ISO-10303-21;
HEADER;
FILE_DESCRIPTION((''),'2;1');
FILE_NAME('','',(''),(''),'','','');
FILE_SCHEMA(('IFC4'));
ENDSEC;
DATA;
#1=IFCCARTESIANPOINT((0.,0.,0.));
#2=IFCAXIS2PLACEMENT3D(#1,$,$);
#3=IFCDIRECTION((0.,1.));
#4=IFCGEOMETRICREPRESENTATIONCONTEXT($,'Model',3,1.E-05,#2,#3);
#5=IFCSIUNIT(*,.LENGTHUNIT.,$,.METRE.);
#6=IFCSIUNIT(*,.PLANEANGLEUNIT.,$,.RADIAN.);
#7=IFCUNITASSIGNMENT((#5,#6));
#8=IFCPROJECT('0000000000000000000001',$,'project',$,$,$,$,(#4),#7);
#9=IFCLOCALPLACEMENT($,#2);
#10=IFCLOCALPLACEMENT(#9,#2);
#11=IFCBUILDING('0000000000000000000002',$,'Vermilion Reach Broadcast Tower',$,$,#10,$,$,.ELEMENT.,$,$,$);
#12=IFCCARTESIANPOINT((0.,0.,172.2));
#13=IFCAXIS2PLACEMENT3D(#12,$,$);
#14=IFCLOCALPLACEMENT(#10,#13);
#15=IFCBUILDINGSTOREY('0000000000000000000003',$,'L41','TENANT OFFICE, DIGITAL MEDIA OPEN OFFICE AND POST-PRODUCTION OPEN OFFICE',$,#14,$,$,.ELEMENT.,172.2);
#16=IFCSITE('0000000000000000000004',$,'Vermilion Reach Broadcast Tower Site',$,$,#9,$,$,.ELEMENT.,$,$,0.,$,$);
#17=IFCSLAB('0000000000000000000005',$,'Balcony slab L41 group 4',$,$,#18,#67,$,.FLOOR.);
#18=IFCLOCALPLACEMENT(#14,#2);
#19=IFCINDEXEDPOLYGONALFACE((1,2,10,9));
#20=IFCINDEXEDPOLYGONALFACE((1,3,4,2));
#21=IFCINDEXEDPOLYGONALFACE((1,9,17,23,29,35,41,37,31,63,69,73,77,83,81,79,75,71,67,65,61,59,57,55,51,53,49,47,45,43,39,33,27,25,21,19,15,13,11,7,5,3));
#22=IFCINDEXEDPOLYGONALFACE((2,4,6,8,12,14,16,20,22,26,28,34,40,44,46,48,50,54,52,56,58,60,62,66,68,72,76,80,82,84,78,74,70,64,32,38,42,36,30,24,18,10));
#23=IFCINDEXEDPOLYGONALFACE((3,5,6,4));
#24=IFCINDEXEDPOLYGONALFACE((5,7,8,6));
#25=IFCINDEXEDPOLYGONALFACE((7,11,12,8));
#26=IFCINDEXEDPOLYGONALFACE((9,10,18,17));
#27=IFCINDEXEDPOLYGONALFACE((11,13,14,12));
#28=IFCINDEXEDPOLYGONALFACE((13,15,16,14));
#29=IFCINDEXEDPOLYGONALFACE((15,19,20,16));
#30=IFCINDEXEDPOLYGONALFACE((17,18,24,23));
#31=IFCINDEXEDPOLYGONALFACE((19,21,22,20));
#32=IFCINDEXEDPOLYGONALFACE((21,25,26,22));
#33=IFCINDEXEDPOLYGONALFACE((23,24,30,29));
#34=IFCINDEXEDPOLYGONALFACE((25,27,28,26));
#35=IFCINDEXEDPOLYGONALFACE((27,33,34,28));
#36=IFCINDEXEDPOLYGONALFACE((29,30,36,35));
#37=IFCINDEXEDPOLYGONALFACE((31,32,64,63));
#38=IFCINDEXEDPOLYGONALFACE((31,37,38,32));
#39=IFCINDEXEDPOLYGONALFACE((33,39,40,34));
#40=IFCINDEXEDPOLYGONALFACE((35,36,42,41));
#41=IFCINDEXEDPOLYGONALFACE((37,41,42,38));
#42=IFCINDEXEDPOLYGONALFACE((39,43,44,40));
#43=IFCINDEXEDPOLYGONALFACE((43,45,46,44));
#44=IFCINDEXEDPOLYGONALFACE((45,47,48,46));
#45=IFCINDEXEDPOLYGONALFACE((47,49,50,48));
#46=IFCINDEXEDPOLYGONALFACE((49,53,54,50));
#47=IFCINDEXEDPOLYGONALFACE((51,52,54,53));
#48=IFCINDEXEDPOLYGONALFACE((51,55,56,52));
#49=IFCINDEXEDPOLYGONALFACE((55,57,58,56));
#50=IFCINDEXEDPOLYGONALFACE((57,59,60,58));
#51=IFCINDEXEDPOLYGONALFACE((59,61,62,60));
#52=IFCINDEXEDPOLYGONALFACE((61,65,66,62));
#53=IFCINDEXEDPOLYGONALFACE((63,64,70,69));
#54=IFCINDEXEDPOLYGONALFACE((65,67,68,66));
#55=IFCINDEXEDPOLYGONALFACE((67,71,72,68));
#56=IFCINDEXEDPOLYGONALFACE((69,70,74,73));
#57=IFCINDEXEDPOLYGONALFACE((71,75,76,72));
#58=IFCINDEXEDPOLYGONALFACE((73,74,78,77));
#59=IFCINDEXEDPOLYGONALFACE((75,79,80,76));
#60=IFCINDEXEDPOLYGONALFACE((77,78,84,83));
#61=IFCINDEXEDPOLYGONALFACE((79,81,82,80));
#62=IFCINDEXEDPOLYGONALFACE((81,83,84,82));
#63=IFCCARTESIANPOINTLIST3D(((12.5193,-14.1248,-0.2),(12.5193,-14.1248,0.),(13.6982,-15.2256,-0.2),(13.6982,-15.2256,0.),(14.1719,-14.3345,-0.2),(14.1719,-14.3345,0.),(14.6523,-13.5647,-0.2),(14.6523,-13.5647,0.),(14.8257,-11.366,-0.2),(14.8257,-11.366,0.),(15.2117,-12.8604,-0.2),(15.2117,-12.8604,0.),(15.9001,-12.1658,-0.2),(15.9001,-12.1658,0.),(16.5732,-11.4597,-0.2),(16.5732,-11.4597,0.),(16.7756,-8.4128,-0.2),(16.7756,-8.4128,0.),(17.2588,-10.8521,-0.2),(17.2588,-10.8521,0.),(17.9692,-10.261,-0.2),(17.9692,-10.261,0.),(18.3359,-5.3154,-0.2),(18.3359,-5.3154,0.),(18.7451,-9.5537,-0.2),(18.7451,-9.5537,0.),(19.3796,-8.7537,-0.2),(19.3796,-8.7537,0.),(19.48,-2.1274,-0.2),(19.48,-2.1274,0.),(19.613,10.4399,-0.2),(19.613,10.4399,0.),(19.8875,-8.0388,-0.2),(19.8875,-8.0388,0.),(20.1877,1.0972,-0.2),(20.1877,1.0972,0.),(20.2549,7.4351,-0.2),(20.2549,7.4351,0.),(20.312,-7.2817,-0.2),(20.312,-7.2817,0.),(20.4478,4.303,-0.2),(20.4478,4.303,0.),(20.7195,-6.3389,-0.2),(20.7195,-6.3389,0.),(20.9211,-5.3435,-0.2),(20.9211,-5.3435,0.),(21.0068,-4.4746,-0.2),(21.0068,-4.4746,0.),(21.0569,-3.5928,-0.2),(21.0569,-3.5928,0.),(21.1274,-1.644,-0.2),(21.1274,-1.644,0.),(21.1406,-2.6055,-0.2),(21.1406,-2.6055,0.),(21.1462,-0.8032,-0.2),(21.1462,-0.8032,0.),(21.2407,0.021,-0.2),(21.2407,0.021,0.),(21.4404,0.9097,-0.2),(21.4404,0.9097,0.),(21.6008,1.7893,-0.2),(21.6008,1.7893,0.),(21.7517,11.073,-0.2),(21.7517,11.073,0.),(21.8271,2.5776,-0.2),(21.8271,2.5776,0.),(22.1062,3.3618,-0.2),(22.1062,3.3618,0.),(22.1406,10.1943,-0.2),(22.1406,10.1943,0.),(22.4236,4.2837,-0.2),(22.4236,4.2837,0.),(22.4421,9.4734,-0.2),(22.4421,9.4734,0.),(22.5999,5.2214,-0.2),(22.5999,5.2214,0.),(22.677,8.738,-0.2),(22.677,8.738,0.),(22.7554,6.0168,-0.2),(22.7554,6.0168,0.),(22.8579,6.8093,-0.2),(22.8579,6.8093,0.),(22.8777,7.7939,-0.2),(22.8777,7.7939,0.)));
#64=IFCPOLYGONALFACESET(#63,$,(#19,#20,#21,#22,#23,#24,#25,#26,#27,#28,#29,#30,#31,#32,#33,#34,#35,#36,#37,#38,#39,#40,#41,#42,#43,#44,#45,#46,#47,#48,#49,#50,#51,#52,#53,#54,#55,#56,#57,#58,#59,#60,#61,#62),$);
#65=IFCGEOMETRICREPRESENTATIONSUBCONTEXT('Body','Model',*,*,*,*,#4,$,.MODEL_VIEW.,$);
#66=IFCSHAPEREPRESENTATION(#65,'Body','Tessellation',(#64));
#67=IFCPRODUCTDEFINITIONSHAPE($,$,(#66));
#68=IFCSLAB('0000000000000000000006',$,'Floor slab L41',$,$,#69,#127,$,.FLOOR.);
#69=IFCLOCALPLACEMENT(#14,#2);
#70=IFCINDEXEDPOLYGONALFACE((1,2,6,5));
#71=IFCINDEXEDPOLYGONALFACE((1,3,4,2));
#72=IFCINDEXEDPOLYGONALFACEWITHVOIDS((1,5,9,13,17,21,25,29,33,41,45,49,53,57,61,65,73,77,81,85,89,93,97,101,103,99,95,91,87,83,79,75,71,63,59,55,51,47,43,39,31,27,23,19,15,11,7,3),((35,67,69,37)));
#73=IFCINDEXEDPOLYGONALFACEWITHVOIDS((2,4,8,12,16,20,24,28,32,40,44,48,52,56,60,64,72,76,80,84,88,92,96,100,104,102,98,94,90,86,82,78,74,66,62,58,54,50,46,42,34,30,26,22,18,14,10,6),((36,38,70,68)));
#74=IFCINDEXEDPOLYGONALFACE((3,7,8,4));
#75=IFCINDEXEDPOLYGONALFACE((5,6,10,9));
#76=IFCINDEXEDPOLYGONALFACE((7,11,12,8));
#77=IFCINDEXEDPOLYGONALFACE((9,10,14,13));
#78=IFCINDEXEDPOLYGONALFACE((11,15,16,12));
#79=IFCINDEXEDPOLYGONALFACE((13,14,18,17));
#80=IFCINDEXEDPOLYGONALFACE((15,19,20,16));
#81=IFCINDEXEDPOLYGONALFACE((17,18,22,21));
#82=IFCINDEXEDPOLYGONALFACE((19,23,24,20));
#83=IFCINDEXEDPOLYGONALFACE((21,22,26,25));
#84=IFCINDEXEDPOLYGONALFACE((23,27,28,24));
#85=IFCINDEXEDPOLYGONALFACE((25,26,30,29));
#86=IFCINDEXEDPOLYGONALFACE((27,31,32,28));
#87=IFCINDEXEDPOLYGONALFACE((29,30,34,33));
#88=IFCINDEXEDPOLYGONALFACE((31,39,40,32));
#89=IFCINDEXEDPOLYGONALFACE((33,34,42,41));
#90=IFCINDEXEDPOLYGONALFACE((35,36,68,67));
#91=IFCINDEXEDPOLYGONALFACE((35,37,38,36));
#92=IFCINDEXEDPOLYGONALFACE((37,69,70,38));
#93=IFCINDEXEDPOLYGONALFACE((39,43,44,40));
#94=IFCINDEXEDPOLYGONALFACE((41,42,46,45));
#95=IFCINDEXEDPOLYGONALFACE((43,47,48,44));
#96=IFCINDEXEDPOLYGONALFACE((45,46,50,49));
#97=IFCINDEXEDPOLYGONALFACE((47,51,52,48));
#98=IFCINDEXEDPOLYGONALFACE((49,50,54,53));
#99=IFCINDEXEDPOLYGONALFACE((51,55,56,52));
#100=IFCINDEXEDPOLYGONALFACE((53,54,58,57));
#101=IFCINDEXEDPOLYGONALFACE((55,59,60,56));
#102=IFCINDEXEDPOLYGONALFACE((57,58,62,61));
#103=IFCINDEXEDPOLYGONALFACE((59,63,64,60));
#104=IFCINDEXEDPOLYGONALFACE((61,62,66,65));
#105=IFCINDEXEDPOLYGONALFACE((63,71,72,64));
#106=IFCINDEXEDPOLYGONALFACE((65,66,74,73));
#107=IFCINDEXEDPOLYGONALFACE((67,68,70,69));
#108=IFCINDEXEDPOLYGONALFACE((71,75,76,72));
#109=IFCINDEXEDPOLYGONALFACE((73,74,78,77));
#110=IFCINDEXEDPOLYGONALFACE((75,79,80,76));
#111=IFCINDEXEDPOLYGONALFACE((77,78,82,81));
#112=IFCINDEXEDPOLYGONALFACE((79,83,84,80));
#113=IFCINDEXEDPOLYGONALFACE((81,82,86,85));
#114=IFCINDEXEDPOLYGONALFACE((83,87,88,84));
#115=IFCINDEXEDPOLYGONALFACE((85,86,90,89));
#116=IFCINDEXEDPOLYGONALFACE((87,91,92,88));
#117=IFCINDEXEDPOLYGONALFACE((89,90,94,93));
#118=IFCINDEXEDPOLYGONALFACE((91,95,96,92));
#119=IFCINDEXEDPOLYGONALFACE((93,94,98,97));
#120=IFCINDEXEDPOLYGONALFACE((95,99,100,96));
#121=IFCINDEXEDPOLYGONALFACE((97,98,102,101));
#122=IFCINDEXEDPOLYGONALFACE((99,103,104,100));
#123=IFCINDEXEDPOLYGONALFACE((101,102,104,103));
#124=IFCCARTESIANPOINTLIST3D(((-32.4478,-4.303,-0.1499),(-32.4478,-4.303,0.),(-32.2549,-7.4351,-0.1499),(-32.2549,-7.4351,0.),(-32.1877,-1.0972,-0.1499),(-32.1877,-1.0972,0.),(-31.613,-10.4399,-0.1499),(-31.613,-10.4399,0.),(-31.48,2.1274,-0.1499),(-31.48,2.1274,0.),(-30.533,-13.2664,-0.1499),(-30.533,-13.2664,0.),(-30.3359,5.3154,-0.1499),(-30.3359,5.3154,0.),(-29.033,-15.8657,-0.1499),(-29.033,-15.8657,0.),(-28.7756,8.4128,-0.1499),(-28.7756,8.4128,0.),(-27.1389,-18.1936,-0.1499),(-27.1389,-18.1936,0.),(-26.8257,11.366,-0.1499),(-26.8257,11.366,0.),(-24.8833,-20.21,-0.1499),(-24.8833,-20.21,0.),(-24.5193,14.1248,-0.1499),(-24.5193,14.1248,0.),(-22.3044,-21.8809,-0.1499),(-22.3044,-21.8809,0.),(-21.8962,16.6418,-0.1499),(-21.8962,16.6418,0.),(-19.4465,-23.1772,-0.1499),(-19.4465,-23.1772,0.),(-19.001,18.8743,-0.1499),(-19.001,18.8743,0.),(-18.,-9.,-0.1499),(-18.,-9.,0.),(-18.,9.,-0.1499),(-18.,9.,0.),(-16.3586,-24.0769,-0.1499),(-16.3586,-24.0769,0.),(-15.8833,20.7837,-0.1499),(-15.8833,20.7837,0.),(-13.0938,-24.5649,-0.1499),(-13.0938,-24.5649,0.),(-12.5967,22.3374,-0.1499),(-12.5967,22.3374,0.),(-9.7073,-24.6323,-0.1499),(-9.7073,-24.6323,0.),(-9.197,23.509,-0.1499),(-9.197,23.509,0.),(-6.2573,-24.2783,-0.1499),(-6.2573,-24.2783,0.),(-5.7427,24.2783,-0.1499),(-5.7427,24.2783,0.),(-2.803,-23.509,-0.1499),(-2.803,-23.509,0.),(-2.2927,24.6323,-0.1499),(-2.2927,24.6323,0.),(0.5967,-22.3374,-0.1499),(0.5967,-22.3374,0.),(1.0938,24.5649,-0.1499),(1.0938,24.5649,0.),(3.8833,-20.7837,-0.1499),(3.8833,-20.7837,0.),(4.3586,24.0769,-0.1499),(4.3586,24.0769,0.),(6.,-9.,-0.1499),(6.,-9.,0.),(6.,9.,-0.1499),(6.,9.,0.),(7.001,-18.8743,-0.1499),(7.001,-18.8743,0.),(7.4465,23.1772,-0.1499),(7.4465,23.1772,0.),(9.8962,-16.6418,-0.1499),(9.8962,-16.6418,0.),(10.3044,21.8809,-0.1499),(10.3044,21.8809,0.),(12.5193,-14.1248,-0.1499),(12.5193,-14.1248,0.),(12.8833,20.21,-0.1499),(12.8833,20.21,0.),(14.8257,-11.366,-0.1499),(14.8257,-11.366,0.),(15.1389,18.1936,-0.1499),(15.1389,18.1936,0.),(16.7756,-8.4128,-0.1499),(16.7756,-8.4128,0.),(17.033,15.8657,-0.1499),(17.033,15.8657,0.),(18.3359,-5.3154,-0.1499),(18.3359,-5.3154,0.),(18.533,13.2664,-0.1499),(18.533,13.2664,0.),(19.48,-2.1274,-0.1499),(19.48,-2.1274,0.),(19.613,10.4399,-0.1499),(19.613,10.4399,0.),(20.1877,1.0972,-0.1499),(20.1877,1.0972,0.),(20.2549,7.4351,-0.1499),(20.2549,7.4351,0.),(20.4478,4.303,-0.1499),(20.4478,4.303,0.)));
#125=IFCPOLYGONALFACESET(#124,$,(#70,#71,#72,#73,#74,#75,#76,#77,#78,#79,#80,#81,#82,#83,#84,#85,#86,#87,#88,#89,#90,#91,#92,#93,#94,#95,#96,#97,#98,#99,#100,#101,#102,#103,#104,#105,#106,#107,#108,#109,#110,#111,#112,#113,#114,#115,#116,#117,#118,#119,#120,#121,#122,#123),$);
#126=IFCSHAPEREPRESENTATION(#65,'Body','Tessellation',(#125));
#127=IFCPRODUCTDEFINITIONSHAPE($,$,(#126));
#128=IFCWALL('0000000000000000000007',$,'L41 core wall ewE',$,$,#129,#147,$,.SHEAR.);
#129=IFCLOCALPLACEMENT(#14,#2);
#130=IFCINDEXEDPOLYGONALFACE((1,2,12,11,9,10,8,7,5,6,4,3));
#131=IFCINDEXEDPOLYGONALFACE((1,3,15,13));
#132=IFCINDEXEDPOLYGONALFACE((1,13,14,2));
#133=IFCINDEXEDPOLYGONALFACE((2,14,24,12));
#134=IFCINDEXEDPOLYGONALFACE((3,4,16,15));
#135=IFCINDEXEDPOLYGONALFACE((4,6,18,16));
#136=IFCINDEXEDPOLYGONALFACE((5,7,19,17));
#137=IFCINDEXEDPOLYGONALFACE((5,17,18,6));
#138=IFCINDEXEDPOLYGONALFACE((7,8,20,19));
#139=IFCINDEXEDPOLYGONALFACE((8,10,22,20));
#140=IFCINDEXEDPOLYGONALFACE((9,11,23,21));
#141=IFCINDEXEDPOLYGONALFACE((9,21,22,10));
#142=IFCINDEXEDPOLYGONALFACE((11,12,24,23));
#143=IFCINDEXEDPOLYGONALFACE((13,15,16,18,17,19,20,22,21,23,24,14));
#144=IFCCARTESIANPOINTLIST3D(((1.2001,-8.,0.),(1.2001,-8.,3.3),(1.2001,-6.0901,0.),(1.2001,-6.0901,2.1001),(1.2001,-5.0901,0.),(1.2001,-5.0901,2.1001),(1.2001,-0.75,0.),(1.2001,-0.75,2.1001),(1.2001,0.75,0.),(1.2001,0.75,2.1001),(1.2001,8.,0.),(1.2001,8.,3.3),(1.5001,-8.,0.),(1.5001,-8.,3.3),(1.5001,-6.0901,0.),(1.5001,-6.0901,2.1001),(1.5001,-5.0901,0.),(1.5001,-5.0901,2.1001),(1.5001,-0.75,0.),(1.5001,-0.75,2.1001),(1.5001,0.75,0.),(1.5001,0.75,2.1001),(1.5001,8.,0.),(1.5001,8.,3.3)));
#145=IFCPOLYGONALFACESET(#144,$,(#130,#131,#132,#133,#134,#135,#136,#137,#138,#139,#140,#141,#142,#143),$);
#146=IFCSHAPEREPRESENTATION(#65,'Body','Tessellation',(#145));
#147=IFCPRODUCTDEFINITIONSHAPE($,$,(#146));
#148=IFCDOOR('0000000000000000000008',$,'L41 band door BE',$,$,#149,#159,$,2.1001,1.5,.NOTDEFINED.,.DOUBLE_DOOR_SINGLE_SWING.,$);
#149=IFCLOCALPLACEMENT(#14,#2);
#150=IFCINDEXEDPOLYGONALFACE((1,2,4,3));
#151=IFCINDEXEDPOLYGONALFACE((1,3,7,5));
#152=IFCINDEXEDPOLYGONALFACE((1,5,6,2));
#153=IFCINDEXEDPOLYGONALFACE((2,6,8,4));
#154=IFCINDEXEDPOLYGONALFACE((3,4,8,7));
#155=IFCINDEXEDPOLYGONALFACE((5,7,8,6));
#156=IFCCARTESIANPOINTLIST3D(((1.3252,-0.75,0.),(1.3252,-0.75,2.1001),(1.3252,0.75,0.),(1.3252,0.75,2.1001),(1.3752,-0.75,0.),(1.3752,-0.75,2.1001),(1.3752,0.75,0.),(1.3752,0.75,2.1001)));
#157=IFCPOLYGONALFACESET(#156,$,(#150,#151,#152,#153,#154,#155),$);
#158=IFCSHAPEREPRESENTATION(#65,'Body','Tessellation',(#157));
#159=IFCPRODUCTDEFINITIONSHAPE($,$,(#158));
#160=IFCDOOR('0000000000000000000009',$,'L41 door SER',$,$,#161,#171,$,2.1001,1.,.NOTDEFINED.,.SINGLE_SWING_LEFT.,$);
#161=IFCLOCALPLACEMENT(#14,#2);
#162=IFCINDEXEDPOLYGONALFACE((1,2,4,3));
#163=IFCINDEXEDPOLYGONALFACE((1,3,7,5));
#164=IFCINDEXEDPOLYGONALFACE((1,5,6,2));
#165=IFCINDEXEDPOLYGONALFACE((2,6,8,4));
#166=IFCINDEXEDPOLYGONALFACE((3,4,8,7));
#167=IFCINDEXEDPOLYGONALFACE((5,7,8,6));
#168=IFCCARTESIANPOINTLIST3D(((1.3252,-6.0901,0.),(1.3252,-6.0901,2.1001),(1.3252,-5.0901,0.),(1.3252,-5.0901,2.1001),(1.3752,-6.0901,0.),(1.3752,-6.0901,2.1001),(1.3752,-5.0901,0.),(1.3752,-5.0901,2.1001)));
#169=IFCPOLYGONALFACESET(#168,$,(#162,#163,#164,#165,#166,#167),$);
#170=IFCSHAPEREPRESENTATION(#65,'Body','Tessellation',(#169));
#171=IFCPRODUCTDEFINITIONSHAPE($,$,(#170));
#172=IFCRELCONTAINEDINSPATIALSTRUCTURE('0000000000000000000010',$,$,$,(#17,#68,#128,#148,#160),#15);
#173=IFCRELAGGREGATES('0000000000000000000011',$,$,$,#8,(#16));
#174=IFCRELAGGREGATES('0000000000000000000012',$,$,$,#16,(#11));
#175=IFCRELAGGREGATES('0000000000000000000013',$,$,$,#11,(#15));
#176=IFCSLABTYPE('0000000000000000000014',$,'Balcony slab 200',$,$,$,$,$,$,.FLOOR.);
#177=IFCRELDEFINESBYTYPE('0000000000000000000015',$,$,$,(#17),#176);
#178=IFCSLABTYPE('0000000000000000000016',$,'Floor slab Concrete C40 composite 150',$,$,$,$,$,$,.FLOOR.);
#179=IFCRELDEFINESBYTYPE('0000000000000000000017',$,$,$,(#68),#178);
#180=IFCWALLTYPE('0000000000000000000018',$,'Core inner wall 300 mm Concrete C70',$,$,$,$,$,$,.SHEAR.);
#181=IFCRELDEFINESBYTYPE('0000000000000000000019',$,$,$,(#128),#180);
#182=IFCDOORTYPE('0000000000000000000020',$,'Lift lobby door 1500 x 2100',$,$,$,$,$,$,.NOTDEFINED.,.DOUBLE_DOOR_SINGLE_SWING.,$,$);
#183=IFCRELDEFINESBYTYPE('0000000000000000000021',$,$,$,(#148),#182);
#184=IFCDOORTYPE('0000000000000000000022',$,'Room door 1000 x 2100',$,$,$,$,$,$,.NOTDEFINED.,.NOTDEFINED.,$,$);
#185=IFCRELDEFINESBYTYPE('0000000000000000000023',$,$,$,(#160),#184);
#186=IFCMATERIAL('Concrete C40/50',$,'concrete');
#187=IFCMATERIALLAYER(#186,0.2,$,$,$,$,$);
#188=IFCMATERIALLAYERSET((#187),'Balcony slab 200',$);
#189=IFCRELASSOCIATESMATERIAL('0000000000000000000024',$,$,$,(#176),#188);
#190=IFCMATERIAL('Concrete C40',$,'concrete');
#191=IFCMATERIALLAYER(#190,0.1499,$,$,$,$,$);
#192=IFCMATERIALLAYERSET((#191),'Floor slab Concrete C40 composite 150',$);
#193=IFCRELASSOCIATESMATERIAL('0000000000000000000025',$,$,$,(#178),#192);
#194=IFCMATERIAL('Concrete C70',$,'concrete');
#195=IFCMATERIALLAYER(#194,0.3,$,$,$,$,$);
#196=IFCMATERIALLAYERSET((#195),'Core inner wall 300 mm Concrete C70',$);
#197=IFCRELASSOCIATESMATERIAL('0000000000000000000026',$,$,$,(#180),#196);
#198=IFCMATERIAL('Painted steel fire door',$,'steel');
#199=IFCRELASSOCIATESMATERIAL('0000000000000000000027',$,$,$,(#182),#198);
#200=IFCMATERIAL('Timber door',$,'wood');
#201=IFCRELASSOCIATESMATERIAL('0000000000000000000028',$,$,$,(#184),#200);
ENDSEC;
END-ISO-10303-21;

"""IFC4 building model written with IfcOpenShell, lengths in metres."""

from ifc_helpers import new_model, si_unit, direction, frame, frame_2d, origin, place, context, subcontext, project, spatial, polyline, rectangle, outline, extrude, material, layer, layer_set, type_object, element, fill, save


model = new_model("IFC4")

# Units and contexts
model_context = context("Model", 3, precision=1e-05, world=origin(), true_north=direction((0.0, 1.0)))
body_context = subcontext(model_context, "Body", "Model", "MODEL_VIEW")
ifc_project = project(units=[si_unit("LENGTHUNIT", "METRE"), si_unit("PLANEANGLEUNIT", "RADIAN")], contexts=[model_context])

# Site, building, storey
site_placement = place(None, origin())
site = spatial("IfcSite", under=ifc_project, at=site_placement, Name="Vermilion Reach Broadcast Tower Site", CompositionType="ELEMENT", RefElevation=0.0)
building_placement = place(site_placement, origin())
building = spatial("IfcBuilding", under=site, at=building_placement, Name="Vermilion Reach Broadcast Tower", CompositionType="ELEMENT")
storey_placement = place(building_placement, frame((0.0, 0.0, 172.2)))
storey = spatial("IfcBuildingStorey", under=building, at=storey_placement, Name="L41", Description="TENANT OFFICE, DIGITAL MEDIA OPEN OFFICE AND POST-PRODUCTION OPEN OFFICE", CompositionType="ELEMENT", Elevation=172.2)

# Slabs
ifc_material_1 = material(Name="Concrete C40/50", Category="concrete")
ifc_layer_1 = layer(ifc_material_1, 0.2)
ifc_layer_set_1 = layer_set([ifc_layer_1], Name="Balcony slab 200")
slab_type_1 = type_object("IfcSlabType", Name="Balcony slab 200", PredefinedType="FLOOR", material=ifc_layer_set_1)
placement_1 = place(storey_placement, frame((0.0, 0.0, -0.2)))
element("IfcSlab", 1, at=placement_1, inside=storey, type_object=slab_type_1, Name="Balcony slab L41 group 4", PredefinedType="FLOOR", context=body_context, shape_type="SweptSolid", body=[
    extrude(outline(polyline([(12.5193, -14.1248), (14.8257, -11.366), (16.7756, -8.4128), (18.3359, -5.3154), (19.48, -2.1274), (20.1877, 1.0972), (20.4478, 4.303), (20.2549, 7.4351), (19.613, 10.4399), (21.7517, 11.073), (22.1406, 10.1943), (22.4421, 9.4734), (22.677, 8.738), (22.8777, 7.7939), (22.8579, 6.8093), (22.7554, 6.0168), (22.5999, 5.2214), (22.4236, 4.2837), (22.1062, 3.3618), (21.8271, 2.5776), (21.6008, 1.7893), (21.4404, 0.9097), (21.2407, 0.021), (21.1462, -0.8032), (21.1274, -1.644), (21.1406, -2.6055), (21.0569, -3.5928), (21.0068, -4.4746), (20.9211, -5.3435), (20.7195, -6.3389), (20.312, -7.2817), (19.8875, -8.0388), (19.3796, -8.7537), (18.7451, -9.5537), (17.9692, -10.261), (17.2588, -10.8521), (16.5732, -11.4597), (15.9001, -12.1658), (15.2117, -12.8604), (14.6523, -13.5647), (14.1719, -14.3345), (13.6982, -15.2256), (12.5193, -14.1248)])), origin(), (0.0, 0.0, 1.0), 0.2),
])
ifc_material_2 = material(Name="Concrete C40", Category="concrete")
ifc_layer_2 = layer(ifc_material_2, 0.1499)
ifc_layer_set_2 = layer_set([ifc_layer_2], Name="Floor slab Concrete C40 composite 150")
slab_type_2 = type_object("IfcSlabType", Name="Floor slab Concrete C40 composite 150", PredefinedType="FLOOR", material=ifc_layer_set_2)
slab_1_placement = place(storey_placement, frame((0.0, 0.0, -0.1499)))
element("IfcSlab", 2, at=slab_1_placement, inside=storey, type_object=slab_type_2, Name="Floor slab L41", PredefinedType="FLOOR", context=body_context, shape_type="SweptSolid", body=[
    extrude(outline(polyline([(17.033, 15.8657), (15.1389, 18.1936), (12.8833, 20.21), (10.3044, 21.8809), (7.4465, 23.1772), (4.3586, 24.0769), (1.0938, 24.5649), (-2.2927, 24.6323), (-5.7427, 24.2783), (-9.197, 23.509), (-12.5967, 22.3374), (-15.8833, 20.7837), (-19.001, 18.8743), (-21.8962, 16.6418), (-24.5193, 14.1248), (-26.8257, 11.366), (-28.7756, 8.4128), (-30.3359, 5.3154), (-31.48, 2.1274), (-32.1877, -1.0972), (-32.4478, -4.303), (-32.2549, -7.4351), (-31.613, -10.4399), (-30.533, -13.2664), (-29.033, -15.8657), (-27.1389, -18.1936), (-24.8833, -20.21), (-22.3044, -21.8809), (-19.4465, -23.1772), (-16.3586, -24.0769), (-13.0938, -24.5649), (-9.7073, -24.6323), (-6.2573, -24.2783), (-2.803, -23.509), (0.5967, -22.3374), (3.8833, -20.7837), (7.001, -18.8743), (9.8962, -16.6418), (12.5193, -14.1248), (14.8257, -11.366), (16.7756, -8.4128), (18.3359, -5.3154), (19.48, -2.1274), (20.1877, 1.0972), (20.4478, 4.303), (20.2549, 7.4351), (19.613, 10.4399), (18.533, 13.2664), (17.033, 15.8657)]), holes=[polyline([(-18.0, -9.0), (6.0, -9.0), (6.0, 9.0), (-18.0, 9.0), (-18.0, -9.0)])]), origin(), (0.0, 0.0, 1.0), 0.1499),
])

# Wall, openings, doors
ifc_material_3 = material(Name="Concrete C70", Category="concrete")
ifc_layer_3 = layer(ifc_material_3, 0.3)
ifc_layer_set_3 = layer_set([ifc_layer_3], Name="Core inner wall 300 mm Concrete C70")
wall_type_1 = type_object("IfcWallType", Name="Core inner wall 300 mm Concrete C70", PredefinedType="SHEAR", material=ifc_layer_set_3)
wall_1_placement = place(storey_placement, frame((1.3501, -8.0, 0.0), z_axis=(0.0, 0.0, 1.0), x_axis=(0.0, 1.0, 0.0)))
wall_1 = element("IfcWall", 3, at=wall_1_placement, inside=storey, type_object=wall_type_1, Name="L41 core wall ewE", PredefinedType="SHEAR", context=body_context, shape_type="SweptSolid", body=[
    extrude(rectangle(XDim=16.0, YDim=0.3, at=frame_2d((8.0, 0.0))), origin(), (0.0, 0.0, 1.0), 3.3),
])
opening_1_placement = place(wall_1_placement, frame((1.9099, 0.0, 0.0)))
opening_1 = element("IfcOpeningElement", 4, at=opening_1_placement, cuts=wall_1, PredefinedType="OPENING", context=body_context, shape_type="SweptSolid", body=[
    extrude(rectangle(XDim=1.0, YDim=2.1001, at=frame_2d((0.5, 1.05))), frame((0.0, 0.1599, 0.0), z_axis=(0.0, -1.0, 0.0), x_axis=(1.0, 0.0, 0.0)), (0.0, 0.0, 1.0), 0.3201),
])
opening_2_placement = place(wall_1_placement, frame((7.25, 0.0, 0.0)))
opening_2 = element("IfcOpeningElement", 5, at=opening_2_placement, cuts=wall_1, PredefinedType="OPENING", context=body_context, shape_type="SweptSolid", body=[
    extrude(rectangle(XDim=1.5, YDim=2.1001, at=frame_2d((0.75, 1.05))), frame((0.0, 0.1599, 0.0), z_axis=(0.0, -1.0, 0.0), x_axis=(1.0, 0.0, 0.0)), (0.0, 0.0, 1.0), 0.3201),
])
ifc_material_4 = material(Name="Painted steel fire door", Category="steel")
door_type_1 = type_object("IfcDoorType", Name="Lift lobby door 1500 x 2100", OperationType="DOUBLE_DOOR_SINGLE_SWING", PredefinedType="NOTDEFINED", material=ifc_material_4)
door_1_placement = place(opening_2_placement, origin())
door_1 = element("IfcDoor", 6, at=door_1_placement, inside=storey, type_object=door_type_1, Name="L41 band door BE", OperationType="DOUBLE_DOOR_SINGLE_SWING", OverallHeight=2.1001, OverallWidth=1.5, PredefinedType="NOTDEFINED", context=body_context, shape_type="SweptSolid", body=[
    extrude(rectangle(XDim=1.5, YDim=2.1001, at=frame_2d((0.75, 1.05))), frame((0.0, 0.0249, 0.0), z_axis=(0.0, -1.0, 0.0), x_axis=(1.0, 0.0, 0.0)), (0.0, 0.0, 1.0), 0.05),
])
fill(opening_2, door_1)
ifc_material_5 = material(Name="Timber door", Category="wood")
door_type_2 = type_object("IfcDoorType", Name="Room door 1000 x 2100", OperationType="NOTDEFINED", PredefinedType="NOTDEFINED", material=ifc_material_5)
door_2_placement = place(opening_1_placement, origin())
door_2 = element("IfcDoor", 7, at=door_2_placement, inside=storey, type_object=door_type_2, Name="L41 door SER", OperationType="SINGLE_SWING_LEFT", OverallHeight=2.1001, OverallWidth=1.0, PredefinedType="NOTDEFINED", context=body_context, shape_type="SweptSolid", body=[
    extrude(rectangle(XDim=1.0, YDim=2.1001, at=frame_2d((0.5, 1.05))), frame((0.0, 0.0249, 0.0), z_axis=(0.0, -1.0, 0.0), x_axis=(1.0, 0.0, 0.0)), (0.0, 0.0, 1.0), 0.05),
])
fill(opening_1, door_2)

save(model, "model.ifc")
